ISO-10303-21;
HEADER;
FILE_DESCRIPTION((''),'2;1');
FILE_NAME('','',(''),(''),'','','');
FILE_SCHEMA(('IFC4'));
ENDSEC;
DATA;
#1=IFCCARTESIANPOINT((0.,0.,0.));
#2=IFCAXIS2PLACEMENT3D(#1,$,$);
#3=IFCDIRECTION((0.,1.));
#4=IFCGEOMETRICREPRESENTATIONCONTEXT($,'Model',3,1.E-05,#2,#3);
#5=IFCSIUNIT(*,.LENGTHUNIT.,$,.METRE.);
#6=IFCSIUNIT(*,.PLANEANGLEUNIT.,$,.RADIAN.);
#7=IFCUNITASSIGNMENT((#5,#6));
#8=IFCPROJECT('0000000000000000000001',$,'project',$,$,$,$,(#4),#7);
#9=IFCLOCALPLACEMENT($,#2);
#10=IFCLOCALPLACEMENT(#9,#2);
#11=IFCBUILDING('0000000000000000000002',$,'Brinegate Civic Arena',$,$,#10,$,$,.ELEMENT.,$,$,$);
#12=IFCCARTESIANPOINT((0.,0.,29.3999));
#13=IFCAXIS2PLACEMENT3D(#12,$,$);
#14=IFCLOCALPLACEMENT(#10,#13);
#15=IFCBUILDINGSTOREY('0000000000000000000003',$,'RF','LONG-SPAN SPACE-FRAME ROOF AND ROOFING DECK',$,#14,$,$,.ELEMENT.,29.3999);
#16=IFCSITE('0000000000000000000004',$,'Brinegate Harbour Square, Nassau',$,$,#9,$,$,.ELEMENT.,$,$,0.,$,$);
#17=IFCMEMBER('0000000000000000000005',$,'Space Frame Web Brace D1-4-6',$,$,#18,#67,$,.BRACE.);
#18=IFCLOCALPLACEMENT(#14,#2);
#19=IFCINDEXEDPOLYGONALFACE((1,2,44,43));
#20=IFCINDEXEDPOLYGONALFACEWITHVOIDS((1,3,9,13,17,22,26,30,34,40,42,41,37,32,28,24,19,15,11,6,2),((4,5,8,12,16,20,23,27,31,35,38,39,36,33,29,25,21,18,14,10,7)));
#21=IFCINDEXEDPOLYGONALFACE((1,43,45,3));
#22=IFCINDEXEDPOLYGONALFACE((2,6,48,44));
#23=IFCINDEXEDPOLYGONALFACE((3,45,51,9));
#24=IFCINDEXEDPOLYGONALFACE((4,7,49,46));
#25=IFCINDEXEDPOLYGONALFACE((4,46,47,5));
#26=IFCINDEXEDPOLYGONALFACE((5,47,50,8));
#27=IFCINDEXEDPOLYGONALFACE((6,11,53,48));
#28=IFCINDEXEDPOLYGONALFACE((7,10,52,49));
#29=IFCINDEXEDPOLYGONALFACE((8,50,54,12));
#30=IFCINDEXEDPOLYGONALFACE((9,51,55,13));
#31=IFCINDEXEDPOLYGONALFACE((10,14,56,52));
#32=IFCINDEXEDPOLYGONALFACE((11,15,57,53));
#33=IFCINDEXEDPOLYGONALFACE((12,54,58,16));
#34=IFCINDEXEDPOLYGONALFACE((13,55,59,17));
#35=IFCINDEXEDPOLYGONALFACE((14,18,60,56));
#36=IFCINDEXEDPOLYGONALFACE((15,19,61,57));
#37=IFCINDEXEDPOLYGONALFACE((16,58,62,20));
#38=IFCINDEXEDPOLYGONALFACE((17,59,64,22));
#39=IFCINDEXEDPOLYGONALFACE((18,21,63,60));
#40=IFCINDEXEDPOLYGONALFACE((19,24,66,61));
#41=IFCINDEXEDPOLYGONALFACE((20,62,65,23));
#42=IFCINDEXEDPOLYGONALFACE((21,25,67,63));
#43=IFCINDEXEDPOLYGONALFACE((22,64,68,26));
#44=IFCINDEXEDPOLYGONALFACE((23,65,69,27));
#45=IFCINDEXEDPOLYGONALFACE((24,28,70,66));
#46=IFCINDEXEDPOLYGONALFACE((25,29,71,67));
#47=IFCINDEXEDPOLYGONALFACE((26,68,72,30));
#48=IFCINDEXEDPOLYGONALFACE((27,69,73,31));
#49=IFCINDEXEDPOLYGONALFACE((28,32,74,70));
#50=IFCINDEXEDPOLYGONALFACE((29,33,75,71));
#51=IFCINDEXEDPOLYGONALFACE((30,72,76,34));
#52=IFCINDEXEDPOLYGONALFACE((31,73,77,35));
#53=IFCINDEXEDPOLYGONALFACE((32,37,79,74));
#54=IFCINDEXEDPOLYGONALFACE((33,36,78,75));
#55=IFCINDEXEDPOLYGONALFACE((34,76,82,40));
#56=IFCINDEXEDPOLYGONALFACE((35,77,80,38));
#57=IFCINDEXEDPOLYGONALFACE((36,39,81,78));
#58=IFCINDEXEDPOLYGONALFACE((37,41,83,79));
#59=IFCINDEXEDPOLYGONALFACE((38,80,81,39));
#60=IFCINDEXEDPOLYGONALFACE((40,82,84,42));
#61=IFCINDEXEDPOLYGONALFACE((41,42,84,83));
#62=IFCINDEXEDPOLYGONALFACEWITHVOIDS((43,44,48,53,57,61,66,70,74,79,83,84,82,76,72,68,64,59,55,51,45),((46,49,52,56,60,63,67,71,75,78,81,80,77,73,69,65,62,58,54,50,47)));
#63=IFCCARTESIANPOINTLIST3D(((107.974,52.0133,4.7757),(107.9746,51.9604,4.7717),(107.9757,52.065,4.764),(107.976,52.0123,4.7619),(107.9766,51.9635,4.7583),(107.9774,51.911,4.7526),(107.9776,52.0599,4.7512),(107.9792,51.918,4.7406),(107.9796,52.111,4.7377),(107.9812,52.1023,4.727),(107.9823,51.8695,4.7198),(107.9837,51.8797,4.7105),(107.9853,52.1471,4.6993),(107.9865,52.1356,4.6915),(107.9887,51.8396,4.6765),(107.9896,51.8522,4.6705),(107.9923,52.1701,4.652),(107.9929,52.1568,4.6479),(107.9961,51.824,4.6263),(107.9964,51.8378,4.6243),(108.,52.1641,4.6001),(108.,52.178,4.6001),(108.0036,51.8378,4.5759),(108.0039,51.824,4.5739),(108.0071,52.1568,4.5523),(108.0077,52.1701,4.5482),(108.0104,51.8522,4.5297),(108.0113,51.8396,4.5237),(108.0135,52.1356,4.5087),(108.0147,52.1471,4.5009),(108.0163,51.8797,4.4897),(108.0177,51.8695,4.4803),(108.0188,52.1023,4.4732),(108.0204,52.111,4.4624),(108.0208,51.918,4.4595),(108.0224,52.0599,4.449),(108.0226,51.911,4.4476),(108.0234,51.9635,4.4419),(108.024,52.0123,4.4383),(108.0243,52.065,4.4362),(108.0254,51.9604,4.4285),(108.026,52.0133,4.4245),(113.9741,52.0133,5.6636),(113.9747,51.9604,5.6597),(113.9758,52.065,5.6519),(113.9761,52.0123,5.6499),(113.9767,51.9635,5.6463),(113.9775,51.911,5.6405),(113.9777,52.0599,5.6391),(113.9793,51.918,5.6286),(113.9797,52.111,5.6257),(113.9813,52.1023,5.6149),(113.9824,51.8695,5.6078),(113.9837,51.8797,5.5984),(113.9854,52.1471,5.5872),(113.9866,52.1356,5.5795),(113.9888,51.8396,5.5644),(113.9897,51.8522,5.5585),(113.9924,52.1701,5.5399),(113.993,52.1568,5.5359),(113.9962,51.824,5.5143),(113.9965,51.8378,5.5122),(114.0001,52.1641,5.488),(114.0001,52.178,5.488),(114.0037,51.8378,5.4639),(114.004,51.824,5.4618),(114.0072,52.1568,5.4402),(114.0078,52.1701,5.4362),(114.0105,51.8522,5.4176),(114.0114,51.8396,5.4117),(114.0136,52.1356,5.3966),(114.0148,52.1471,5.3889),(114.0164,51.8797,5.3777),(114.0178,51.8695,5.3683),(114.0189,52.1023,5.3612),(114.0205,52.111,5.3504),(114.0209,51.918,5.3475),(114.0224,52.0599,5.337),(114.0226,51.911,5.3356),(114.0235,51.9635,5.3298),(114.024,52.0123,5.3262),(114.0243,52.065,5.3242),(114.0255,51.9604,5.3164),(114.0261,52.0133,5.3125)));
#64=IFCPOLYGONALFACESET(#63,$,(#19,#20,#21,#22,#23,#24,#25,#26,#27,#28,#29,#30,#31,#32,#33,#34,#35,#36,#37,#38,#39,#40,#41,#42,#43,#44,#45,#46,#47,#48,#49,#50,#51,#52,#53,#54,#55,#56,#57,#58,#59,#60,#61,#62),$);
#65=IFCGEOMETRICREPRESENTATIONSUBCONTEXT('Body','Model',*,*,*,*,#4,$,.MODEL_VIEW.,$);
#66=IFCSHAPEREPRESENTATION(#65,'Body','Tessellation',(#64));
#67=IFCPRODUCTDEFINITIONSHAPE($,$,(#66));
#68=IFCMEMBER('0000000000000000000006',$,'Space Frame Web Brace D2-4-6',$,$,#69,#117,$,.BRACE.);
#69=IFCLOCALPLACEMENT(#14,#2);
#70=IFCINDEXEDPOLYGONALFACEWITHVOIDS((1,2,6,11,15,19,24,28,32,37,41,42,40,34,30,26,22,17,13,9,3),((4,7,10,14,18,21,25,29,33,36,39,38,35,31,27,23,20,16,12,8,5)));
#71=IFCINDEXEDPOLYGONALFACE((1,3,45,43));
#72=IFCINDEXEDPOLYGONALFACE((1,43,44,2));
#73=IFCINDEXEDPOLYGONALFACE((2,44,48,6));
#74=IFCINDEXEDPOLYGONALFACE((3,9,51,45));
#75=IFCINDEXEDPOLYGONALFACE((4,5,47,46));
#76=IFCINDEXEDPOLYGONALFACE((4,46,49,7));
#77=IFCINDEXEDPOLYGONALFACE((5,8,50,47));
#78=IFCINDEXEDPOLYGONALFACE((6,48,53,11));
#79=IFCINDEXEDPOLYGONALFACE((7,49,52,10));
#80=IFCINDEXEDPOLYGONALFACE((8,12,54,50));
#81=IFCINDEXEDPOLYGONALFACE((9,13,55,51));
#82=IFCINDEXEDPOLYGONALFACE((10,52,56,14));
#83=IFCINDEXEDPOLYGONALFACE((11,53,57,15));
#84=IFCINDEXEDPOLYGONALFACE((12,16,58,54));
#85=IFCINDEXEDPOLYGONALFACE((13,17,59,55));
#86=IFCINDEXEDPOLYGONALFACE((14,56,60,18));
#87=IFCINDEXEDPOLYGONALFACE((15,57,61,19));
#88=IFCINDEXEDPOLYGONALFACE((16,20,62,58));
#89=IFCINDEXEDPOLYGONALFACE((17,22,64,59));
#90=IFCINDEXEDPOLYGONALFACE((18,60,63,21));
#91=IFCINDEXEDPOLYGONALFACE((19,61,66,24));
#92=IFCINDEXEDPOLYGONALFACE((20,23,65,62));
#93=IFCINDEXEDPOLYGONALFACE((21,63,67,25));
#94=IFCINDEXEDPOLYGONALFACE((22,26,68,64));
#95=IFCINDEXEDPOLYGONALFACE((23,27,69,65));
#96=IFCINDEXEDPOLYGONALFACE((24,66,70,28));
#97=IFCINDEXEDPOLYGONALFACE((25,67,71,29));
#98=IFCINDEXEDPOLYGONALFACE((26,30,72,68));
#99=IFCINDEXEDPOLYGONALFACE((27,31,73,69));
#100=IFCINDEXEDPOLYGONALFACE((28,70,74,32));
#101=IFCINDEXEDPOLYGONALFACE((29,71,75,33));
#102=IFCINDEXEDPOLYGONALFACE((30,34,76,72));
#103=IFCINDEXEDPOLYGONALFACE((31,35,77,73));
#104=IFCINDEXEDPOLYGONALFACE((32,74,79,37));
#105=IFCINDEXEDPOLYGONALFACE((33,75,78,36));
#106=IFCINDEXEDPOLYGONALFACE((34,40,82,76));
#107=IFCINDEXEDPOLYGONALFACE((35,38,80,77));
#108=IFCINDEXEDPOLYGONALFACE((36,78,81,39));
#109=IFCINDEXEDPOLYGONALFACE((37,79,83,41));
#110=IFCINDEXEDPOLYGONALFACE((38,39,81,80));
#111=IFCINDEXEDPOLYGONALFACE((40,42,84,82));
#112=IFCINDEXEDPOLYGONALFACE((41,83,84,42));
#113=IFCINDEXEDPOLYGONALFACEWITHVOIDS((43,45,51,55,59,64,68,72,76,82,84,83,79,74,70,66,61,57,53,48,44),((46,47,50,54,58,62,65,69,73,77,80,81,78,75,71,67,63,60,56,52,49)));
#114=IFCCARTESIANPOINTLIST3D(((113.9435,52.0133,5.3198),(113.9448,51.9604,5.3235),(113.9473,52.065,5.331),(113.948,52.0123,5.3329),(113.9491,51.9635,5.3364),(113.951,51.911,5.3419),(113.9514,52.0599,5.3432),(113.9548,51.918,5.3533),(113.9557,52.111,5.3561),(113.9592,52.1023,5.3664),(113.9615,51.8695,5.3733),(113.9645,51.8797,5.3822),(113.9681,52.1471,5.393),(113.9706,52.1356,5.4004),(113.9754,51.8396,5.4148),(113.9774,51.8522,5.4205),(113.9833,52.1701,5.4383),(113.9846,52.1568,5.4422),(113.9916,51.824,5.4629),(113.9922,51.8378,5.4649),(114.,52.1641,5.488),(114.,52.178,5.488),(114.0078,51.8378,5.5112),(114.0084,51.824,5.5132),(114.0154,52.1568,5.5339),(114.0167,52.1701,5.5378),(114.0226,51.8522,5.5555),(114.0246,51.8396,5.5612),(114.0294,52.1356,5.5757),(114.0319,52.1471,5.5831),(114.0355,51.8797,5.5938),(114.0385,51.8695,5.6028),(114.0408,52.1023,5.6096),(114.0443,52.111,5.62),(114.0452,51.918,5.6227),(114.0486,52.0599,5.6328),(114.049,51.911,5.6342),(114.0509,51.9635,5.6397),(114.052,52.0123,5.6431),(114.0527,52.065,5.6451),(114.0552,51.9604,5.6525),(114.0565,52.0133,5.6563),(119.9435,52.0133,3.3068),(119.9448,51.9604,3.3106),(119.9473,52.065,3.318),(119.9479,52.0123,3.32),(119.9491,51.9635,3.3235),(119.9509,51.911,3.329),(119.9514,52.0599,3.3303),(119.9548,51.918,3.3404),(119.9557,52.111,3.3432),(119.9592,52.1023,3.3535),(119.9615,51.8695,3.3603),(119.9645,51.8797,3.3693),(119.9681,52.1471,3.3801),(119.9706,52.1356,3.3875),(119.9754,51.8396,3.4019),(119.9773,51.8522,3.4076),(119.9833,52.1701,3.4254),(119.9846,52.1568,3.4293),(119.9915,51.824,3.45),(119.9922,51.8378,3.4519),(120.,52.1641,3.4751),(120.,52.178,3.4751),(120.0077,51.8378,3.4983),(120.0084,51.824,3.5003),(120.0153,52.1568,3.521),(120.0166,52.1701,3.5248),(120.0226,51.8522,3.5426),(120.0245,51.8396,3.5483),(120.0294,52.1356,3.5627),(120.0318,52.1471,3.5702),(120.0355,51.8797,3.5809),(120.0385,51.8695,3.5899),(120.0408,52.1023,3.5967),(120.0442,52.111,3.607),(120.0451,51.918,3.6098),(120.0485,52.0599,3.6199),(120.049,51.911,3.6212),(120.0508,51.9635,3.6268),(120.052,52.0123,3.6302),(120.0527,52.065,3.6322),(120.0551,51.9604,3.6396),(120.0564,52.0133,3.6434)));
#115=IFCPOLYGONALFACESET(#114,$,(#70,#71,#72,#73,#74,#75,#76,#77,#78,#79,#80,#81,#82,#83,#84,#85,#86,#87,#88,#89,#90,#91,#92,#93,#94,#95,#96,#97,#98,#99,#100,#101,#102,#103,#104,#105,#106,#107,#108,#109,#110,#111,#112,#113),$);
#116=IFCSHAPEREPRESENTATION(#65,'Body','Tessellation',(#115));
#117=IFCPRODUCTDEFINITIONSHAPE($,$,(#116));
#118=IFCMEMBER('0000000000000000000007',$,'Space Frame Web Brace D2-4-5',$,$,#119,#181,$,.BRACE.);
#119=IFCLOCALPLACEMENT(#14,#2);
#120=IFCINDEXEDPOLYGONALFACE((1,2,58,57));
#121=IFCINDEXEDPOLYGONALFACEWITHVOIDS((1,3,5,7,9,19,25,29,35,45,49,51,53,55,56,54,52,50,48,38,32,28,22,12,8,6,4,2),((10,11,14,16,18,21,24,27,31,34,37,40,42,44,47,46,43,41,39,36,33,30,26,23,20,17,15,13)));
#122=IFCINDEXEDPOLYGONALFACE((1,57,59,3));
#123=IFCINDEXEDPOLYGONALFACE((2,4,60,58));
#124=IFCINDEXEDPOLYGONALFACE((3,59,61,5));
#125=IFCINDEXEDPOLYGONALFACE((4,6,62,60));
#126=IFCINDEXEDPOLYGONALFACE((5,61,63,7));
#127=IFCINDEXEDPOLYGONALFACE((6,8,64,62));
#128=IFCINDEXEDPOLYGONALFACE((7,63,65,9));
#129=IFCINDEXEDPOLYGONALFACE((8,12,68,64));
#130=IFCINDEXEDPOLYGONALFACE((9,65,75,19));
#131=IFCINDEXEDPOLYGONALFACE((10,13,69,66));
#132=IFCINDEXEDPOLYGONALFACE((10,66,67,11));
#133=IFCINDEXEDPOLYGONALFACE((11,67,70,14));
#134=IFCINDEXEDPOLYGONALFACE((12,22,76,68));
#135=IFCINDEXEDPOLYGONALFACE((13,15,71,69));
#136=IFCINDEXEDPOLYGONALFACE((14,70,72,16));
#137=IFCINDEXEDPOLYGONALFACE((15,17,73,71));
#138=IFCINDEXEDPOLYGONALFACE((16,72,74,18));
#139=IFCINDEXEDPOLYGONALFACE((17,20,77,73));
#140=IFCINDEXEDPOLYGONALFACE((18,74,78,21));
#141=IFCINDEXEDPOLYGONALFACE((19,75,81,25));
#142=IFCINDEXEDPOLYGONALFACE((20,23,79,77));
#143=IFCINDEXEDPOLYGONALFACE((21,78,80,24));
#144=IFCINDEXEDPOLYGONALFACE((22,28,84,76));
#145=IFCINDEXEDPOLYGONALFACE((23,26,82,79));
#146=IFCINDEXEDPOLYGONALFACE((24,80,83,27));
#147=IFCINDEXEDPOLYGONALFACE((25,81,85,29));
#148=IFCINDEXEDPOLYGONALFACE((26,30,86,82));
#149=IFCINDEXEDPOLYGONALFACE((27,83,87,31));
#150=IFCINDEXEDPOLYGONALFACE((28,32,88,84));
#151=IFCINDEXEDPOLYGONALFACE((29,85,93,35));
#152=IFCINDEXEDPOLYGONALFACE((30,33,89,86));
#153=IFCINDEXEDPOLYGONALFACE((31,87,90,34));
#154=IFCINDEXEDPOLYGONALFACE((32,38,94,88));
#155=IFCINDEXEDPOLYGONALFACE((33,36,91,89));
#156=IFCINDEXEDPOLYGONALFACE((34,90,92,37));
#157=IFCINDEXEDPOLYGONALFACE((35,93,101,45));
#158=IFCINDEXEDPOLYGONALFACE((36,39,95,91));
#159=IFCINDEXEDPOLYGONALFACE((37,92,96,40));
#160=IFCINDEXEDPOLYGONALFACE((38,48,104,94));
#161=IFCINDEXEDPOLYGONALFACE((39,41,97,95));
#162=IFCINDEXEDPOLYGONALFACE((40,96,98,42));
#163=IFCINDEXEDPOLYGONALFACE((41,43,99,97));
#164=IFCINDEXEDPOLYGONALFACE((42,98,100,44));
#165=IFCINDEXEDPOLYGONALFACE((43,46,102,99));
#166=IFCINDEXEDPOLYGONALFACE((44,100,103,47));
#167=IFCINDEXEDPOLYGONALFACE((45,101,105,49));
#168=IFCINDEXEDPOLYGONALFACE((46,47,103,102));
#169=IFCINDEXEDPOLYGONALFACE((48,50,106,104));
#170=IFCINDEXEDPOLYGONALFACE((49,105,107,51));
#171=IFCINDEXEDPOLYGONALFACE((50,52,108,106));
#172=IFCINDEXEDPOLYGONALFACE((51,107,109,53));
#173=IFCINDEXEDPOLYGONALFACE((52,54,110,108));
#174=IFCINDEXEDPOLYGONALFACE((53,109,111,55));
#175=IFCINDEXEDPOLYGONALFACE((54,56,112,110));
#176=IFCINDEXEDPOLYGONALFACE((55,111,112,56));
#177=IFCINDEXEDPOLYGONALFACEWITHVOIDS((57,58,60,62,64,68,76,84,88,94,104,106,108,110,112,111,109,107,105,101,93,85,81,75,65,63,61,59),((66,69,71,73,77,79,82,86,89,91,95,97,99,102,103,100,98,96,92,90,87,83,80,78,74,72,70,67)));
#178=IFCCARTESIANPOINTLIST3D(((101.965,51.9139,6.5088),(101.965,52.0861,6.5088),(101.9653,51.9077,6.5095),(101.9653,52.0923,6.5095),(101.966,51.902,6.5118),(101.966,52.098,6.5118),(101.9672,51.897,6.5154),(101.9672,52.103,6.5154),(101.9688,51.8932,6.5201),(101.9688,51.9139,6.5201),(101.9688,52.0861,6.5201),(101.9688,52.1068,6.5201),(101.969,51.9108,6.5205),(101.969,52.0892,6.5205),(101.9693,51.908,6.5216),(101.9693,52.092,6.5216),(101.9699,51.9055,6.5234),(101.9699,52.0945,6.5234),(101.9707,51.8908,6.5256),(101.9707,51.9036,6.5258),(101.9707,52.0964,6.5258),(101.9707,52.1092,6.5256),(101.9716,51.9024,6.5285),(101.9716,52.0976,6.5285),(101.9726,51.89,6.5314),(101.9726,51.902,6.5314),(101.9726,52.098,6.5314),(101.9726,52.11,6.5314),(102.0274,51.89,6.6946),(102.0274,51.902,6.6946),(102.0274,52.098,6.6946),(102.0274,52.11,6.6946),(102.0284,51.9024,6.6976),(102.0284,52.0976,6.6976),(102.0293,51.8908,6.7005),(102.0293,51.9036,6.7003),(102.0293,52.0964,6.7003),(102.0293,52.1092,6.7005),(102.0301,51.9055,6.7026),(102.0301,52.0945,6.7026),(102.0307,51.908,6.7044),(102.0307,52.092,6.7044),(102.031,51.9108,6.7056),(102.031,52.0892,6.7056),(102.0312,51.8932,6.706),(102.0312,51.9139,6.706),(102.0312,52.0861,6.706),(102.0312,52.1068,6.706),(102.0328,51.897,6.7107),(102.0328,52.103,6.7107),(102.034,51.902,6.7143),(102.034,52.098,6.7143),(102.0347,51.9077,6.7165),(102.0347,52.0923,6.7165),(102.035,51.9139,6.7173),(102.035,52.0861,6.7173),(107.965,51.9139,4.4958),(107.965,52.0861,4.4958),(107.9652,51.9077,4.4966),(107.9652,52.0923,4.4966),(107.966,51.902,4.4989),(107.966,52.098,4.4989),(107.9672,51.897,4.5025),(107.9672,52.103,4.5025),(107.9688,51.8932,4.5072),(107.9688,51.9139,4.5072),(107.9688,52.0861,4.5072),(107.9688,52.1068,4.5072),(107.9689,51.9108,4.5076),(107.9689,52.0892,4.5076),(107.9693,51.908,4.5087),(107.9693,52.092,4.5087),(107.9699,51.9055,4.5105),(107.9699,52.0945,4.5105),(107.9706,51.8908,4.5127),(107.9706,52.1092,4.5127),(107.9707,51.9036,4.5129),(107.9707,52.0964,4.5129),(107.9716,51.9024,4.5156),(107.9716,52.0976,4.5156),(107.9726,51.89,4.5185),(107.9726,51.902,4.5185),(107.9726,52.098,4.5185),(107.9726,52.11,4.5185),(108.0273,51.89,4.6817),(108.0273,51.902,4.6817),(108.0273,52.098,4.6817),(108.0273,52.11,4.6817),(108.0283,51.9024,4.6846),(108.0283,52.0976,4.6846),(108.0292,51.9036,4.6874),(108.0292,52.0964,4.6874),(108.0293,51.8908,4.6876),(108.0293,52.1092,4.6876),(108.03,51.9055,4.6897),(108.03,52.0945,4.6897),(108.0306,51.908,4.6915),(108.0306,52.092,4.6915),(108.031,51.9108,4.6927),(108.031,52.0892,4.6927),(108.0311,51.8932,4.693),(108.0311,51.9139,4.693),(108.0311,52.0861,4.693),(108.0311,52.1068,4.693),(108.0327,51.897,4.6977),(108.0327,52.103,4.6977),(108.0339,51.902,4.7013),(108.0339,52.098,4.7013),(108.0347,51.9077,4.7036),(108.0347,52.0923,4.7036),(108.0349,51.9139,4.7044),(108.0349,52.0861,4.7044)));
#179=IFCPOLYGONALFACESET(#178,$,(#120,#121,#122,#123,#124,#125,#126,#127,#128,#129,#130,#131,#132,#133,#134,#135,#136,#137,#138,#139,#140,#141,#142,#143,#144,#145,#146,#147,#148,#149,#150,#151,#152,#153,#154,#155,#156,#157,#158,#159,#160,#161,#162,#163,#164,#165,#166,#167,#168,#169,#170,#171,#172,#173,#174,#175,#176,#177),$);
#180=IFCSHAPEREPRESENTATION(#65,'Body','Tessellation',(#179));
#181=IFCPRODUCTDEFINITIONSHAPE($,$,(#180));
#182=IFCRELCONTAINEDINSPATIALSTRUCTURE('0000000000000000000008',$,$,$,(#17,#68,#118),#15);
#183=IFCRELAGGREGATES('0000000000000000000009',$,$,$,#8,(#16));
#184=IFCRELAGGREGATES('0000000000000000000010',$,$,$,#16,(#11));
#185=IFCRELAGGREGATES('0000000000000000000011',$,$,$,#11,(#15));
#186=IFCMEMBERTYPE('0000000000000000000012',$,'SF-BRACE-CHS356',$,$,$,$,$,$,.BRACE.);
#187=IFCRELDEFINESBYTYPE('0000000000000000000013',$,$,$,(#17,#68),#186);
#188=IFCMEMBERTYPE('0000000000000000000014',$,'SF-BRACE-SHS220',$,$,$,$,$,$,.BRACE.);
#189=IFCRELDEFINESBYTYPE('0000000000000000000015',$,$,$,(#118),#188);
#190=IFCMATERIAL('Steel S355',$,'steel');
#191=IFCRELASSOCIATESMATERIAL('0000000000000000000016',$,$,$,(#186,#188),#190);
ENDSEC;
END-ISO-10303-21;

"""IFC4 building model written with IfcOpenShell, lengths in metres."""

from ifc_helpers import new_model, si_unit, direction, frame, origin, origin_2d, place, context, subcontext, project, spatial, hollow_rectangle, hollow_circle, extrude, material, material_profile, profile_set, type_object, element, save


model = new_model("IFC4")

# Units and contexts
model_context = context("Model", 3, precision=1e-05, world=origin(), true_north=direction((0.0, 1.0)))
body_context = subcontext(model_context, "Body", "Model", "MODEL_VIEW")
ifc_project = project(units=[si_unit("LENGTHUNIT", "METRE"), si_unit("PLANEANGLEUNIT", "RADIAN")], contexts=[model_context])

# Site, building, storey
site_placement = place(None, origin())
site = spatial("IfcSite", under=ifc_project, at=site_placement, Name="Brinegate Harbour Square, Nassau", CompositionType="ELEMENT", RefElevation=0.0)
building_placement = place(site_placement, origin())
building = spatial("IfcBuilding", under=site, at=building_placement, Name="Brinegate Civic Arena", CompositionType="ELEMENT")
storey_placement = place(building_placement, frame((0.0, 0.0, 29.3999)))
storey = spatial("IfcBuildingStorey", under=building, at=storey_placement, Name="RF", Description="LONG-SPAN SPACE-FRAME ROOF AND ROOFING DECK", CompositionType="ELEMENT", Elevation=29.3999)

# Members
ifc_material = material(Name="Steel S355", Category="steel")
ifc_material_profile_1 = material_profile(ifc_material, hollow_circle(Radius=0.178, WallThickness=0.0139, at=origin_2d()), Name="CHS356X14")
ifc_profile_set_1 = profile_set([ifc_material_profile_1], Name="Steel S355")
member_type_1 = type_object("IfcMemberType", Name="SF-BRACE-CHS356", PredefinedType="BRACE", material=ifc_profile_set_1)
member_1_placement = place(storey_placement, frame((108.0, 52.0, 4.6001), z_axis=(0.989226, 0.0, 0.146395), x_axis=(0.0, 1.0, 0.0)))
element("IfcMember", 1, at=member_1_placement, inside=storey, type_object=member_type_1, Name="Space Frame Web Brace D1-4-6", PredefinedType="BRACE", context=body_context, shape_type="SweptSolid", body=[
    extrude(hollow_circle(Radius=0.178, WallThickness=0.0139, at=origin_2d()), origin(), (0.0, 0.0, 1.0), 6.0654),
])
member_2_placement = place(storey_placement, frame((114.0, 52.0, 5.488), z_axis=(0.948068, 0.0, -0.318067), x_axis=(0.0, 1.0, 0.0)))
element("IfcMember", 2, at=member_2_placement, inside=storey, type_object=member_type_1, Name="Space Frame Web Brace D2-4-6", PredefinedType="BRACE", context=body_context, shape_type="SweptSolid", body=[
    extrude(hollow_circle(Radius=0.178, WallThickness=0.0139, at=origin_2d()), origin(), (0.0, 0.0, 1.0), 6.3286),
])
ifc_material_profile_2 = material_profile(ifc_material, hollow_rectangle(XDim=0.22, YDim=0.22, WallThickness=0.012, InnerFilletRadius=0.012, OuterFilletRadius=0.0239, at=origin_2d()), Name="SHS220X12")
ifc_profile_set_2 = profile_set([ifc_material_profile_2], Name="Steel S355")
member_type_2 = type_object("IfcMemberType", Name="SF-BRACE-SHS220", PredefinedType="BRACE", material=ifc_profile_set_2)
member_3_placement = place(storey_placement, frame((102.0, 52.0, 6.613), z_axis=(0.948068, 0.0, -0.318067), x_axis=(0.0, 1.0, 0.0)))
element("IfcMember", 3, at=member_3_placement, inside=storey, type_object=member_type_2, Name="Space Frame Web Brace D2-4-5", PredefinedType="BRACE", context=body_context, shape_type="SweptSolid", body=[
    extrude(hollow_rectangle(XDim=0.22, YDim=0.22, WallThickness=0.012, InnerFilletRadius=0.012, OuterFilletRadius=0.0239, at=origin_2d()), origin(), (0.0, 0.0, 1.0), 6.3286),
])

save(model, "model.ifc")
